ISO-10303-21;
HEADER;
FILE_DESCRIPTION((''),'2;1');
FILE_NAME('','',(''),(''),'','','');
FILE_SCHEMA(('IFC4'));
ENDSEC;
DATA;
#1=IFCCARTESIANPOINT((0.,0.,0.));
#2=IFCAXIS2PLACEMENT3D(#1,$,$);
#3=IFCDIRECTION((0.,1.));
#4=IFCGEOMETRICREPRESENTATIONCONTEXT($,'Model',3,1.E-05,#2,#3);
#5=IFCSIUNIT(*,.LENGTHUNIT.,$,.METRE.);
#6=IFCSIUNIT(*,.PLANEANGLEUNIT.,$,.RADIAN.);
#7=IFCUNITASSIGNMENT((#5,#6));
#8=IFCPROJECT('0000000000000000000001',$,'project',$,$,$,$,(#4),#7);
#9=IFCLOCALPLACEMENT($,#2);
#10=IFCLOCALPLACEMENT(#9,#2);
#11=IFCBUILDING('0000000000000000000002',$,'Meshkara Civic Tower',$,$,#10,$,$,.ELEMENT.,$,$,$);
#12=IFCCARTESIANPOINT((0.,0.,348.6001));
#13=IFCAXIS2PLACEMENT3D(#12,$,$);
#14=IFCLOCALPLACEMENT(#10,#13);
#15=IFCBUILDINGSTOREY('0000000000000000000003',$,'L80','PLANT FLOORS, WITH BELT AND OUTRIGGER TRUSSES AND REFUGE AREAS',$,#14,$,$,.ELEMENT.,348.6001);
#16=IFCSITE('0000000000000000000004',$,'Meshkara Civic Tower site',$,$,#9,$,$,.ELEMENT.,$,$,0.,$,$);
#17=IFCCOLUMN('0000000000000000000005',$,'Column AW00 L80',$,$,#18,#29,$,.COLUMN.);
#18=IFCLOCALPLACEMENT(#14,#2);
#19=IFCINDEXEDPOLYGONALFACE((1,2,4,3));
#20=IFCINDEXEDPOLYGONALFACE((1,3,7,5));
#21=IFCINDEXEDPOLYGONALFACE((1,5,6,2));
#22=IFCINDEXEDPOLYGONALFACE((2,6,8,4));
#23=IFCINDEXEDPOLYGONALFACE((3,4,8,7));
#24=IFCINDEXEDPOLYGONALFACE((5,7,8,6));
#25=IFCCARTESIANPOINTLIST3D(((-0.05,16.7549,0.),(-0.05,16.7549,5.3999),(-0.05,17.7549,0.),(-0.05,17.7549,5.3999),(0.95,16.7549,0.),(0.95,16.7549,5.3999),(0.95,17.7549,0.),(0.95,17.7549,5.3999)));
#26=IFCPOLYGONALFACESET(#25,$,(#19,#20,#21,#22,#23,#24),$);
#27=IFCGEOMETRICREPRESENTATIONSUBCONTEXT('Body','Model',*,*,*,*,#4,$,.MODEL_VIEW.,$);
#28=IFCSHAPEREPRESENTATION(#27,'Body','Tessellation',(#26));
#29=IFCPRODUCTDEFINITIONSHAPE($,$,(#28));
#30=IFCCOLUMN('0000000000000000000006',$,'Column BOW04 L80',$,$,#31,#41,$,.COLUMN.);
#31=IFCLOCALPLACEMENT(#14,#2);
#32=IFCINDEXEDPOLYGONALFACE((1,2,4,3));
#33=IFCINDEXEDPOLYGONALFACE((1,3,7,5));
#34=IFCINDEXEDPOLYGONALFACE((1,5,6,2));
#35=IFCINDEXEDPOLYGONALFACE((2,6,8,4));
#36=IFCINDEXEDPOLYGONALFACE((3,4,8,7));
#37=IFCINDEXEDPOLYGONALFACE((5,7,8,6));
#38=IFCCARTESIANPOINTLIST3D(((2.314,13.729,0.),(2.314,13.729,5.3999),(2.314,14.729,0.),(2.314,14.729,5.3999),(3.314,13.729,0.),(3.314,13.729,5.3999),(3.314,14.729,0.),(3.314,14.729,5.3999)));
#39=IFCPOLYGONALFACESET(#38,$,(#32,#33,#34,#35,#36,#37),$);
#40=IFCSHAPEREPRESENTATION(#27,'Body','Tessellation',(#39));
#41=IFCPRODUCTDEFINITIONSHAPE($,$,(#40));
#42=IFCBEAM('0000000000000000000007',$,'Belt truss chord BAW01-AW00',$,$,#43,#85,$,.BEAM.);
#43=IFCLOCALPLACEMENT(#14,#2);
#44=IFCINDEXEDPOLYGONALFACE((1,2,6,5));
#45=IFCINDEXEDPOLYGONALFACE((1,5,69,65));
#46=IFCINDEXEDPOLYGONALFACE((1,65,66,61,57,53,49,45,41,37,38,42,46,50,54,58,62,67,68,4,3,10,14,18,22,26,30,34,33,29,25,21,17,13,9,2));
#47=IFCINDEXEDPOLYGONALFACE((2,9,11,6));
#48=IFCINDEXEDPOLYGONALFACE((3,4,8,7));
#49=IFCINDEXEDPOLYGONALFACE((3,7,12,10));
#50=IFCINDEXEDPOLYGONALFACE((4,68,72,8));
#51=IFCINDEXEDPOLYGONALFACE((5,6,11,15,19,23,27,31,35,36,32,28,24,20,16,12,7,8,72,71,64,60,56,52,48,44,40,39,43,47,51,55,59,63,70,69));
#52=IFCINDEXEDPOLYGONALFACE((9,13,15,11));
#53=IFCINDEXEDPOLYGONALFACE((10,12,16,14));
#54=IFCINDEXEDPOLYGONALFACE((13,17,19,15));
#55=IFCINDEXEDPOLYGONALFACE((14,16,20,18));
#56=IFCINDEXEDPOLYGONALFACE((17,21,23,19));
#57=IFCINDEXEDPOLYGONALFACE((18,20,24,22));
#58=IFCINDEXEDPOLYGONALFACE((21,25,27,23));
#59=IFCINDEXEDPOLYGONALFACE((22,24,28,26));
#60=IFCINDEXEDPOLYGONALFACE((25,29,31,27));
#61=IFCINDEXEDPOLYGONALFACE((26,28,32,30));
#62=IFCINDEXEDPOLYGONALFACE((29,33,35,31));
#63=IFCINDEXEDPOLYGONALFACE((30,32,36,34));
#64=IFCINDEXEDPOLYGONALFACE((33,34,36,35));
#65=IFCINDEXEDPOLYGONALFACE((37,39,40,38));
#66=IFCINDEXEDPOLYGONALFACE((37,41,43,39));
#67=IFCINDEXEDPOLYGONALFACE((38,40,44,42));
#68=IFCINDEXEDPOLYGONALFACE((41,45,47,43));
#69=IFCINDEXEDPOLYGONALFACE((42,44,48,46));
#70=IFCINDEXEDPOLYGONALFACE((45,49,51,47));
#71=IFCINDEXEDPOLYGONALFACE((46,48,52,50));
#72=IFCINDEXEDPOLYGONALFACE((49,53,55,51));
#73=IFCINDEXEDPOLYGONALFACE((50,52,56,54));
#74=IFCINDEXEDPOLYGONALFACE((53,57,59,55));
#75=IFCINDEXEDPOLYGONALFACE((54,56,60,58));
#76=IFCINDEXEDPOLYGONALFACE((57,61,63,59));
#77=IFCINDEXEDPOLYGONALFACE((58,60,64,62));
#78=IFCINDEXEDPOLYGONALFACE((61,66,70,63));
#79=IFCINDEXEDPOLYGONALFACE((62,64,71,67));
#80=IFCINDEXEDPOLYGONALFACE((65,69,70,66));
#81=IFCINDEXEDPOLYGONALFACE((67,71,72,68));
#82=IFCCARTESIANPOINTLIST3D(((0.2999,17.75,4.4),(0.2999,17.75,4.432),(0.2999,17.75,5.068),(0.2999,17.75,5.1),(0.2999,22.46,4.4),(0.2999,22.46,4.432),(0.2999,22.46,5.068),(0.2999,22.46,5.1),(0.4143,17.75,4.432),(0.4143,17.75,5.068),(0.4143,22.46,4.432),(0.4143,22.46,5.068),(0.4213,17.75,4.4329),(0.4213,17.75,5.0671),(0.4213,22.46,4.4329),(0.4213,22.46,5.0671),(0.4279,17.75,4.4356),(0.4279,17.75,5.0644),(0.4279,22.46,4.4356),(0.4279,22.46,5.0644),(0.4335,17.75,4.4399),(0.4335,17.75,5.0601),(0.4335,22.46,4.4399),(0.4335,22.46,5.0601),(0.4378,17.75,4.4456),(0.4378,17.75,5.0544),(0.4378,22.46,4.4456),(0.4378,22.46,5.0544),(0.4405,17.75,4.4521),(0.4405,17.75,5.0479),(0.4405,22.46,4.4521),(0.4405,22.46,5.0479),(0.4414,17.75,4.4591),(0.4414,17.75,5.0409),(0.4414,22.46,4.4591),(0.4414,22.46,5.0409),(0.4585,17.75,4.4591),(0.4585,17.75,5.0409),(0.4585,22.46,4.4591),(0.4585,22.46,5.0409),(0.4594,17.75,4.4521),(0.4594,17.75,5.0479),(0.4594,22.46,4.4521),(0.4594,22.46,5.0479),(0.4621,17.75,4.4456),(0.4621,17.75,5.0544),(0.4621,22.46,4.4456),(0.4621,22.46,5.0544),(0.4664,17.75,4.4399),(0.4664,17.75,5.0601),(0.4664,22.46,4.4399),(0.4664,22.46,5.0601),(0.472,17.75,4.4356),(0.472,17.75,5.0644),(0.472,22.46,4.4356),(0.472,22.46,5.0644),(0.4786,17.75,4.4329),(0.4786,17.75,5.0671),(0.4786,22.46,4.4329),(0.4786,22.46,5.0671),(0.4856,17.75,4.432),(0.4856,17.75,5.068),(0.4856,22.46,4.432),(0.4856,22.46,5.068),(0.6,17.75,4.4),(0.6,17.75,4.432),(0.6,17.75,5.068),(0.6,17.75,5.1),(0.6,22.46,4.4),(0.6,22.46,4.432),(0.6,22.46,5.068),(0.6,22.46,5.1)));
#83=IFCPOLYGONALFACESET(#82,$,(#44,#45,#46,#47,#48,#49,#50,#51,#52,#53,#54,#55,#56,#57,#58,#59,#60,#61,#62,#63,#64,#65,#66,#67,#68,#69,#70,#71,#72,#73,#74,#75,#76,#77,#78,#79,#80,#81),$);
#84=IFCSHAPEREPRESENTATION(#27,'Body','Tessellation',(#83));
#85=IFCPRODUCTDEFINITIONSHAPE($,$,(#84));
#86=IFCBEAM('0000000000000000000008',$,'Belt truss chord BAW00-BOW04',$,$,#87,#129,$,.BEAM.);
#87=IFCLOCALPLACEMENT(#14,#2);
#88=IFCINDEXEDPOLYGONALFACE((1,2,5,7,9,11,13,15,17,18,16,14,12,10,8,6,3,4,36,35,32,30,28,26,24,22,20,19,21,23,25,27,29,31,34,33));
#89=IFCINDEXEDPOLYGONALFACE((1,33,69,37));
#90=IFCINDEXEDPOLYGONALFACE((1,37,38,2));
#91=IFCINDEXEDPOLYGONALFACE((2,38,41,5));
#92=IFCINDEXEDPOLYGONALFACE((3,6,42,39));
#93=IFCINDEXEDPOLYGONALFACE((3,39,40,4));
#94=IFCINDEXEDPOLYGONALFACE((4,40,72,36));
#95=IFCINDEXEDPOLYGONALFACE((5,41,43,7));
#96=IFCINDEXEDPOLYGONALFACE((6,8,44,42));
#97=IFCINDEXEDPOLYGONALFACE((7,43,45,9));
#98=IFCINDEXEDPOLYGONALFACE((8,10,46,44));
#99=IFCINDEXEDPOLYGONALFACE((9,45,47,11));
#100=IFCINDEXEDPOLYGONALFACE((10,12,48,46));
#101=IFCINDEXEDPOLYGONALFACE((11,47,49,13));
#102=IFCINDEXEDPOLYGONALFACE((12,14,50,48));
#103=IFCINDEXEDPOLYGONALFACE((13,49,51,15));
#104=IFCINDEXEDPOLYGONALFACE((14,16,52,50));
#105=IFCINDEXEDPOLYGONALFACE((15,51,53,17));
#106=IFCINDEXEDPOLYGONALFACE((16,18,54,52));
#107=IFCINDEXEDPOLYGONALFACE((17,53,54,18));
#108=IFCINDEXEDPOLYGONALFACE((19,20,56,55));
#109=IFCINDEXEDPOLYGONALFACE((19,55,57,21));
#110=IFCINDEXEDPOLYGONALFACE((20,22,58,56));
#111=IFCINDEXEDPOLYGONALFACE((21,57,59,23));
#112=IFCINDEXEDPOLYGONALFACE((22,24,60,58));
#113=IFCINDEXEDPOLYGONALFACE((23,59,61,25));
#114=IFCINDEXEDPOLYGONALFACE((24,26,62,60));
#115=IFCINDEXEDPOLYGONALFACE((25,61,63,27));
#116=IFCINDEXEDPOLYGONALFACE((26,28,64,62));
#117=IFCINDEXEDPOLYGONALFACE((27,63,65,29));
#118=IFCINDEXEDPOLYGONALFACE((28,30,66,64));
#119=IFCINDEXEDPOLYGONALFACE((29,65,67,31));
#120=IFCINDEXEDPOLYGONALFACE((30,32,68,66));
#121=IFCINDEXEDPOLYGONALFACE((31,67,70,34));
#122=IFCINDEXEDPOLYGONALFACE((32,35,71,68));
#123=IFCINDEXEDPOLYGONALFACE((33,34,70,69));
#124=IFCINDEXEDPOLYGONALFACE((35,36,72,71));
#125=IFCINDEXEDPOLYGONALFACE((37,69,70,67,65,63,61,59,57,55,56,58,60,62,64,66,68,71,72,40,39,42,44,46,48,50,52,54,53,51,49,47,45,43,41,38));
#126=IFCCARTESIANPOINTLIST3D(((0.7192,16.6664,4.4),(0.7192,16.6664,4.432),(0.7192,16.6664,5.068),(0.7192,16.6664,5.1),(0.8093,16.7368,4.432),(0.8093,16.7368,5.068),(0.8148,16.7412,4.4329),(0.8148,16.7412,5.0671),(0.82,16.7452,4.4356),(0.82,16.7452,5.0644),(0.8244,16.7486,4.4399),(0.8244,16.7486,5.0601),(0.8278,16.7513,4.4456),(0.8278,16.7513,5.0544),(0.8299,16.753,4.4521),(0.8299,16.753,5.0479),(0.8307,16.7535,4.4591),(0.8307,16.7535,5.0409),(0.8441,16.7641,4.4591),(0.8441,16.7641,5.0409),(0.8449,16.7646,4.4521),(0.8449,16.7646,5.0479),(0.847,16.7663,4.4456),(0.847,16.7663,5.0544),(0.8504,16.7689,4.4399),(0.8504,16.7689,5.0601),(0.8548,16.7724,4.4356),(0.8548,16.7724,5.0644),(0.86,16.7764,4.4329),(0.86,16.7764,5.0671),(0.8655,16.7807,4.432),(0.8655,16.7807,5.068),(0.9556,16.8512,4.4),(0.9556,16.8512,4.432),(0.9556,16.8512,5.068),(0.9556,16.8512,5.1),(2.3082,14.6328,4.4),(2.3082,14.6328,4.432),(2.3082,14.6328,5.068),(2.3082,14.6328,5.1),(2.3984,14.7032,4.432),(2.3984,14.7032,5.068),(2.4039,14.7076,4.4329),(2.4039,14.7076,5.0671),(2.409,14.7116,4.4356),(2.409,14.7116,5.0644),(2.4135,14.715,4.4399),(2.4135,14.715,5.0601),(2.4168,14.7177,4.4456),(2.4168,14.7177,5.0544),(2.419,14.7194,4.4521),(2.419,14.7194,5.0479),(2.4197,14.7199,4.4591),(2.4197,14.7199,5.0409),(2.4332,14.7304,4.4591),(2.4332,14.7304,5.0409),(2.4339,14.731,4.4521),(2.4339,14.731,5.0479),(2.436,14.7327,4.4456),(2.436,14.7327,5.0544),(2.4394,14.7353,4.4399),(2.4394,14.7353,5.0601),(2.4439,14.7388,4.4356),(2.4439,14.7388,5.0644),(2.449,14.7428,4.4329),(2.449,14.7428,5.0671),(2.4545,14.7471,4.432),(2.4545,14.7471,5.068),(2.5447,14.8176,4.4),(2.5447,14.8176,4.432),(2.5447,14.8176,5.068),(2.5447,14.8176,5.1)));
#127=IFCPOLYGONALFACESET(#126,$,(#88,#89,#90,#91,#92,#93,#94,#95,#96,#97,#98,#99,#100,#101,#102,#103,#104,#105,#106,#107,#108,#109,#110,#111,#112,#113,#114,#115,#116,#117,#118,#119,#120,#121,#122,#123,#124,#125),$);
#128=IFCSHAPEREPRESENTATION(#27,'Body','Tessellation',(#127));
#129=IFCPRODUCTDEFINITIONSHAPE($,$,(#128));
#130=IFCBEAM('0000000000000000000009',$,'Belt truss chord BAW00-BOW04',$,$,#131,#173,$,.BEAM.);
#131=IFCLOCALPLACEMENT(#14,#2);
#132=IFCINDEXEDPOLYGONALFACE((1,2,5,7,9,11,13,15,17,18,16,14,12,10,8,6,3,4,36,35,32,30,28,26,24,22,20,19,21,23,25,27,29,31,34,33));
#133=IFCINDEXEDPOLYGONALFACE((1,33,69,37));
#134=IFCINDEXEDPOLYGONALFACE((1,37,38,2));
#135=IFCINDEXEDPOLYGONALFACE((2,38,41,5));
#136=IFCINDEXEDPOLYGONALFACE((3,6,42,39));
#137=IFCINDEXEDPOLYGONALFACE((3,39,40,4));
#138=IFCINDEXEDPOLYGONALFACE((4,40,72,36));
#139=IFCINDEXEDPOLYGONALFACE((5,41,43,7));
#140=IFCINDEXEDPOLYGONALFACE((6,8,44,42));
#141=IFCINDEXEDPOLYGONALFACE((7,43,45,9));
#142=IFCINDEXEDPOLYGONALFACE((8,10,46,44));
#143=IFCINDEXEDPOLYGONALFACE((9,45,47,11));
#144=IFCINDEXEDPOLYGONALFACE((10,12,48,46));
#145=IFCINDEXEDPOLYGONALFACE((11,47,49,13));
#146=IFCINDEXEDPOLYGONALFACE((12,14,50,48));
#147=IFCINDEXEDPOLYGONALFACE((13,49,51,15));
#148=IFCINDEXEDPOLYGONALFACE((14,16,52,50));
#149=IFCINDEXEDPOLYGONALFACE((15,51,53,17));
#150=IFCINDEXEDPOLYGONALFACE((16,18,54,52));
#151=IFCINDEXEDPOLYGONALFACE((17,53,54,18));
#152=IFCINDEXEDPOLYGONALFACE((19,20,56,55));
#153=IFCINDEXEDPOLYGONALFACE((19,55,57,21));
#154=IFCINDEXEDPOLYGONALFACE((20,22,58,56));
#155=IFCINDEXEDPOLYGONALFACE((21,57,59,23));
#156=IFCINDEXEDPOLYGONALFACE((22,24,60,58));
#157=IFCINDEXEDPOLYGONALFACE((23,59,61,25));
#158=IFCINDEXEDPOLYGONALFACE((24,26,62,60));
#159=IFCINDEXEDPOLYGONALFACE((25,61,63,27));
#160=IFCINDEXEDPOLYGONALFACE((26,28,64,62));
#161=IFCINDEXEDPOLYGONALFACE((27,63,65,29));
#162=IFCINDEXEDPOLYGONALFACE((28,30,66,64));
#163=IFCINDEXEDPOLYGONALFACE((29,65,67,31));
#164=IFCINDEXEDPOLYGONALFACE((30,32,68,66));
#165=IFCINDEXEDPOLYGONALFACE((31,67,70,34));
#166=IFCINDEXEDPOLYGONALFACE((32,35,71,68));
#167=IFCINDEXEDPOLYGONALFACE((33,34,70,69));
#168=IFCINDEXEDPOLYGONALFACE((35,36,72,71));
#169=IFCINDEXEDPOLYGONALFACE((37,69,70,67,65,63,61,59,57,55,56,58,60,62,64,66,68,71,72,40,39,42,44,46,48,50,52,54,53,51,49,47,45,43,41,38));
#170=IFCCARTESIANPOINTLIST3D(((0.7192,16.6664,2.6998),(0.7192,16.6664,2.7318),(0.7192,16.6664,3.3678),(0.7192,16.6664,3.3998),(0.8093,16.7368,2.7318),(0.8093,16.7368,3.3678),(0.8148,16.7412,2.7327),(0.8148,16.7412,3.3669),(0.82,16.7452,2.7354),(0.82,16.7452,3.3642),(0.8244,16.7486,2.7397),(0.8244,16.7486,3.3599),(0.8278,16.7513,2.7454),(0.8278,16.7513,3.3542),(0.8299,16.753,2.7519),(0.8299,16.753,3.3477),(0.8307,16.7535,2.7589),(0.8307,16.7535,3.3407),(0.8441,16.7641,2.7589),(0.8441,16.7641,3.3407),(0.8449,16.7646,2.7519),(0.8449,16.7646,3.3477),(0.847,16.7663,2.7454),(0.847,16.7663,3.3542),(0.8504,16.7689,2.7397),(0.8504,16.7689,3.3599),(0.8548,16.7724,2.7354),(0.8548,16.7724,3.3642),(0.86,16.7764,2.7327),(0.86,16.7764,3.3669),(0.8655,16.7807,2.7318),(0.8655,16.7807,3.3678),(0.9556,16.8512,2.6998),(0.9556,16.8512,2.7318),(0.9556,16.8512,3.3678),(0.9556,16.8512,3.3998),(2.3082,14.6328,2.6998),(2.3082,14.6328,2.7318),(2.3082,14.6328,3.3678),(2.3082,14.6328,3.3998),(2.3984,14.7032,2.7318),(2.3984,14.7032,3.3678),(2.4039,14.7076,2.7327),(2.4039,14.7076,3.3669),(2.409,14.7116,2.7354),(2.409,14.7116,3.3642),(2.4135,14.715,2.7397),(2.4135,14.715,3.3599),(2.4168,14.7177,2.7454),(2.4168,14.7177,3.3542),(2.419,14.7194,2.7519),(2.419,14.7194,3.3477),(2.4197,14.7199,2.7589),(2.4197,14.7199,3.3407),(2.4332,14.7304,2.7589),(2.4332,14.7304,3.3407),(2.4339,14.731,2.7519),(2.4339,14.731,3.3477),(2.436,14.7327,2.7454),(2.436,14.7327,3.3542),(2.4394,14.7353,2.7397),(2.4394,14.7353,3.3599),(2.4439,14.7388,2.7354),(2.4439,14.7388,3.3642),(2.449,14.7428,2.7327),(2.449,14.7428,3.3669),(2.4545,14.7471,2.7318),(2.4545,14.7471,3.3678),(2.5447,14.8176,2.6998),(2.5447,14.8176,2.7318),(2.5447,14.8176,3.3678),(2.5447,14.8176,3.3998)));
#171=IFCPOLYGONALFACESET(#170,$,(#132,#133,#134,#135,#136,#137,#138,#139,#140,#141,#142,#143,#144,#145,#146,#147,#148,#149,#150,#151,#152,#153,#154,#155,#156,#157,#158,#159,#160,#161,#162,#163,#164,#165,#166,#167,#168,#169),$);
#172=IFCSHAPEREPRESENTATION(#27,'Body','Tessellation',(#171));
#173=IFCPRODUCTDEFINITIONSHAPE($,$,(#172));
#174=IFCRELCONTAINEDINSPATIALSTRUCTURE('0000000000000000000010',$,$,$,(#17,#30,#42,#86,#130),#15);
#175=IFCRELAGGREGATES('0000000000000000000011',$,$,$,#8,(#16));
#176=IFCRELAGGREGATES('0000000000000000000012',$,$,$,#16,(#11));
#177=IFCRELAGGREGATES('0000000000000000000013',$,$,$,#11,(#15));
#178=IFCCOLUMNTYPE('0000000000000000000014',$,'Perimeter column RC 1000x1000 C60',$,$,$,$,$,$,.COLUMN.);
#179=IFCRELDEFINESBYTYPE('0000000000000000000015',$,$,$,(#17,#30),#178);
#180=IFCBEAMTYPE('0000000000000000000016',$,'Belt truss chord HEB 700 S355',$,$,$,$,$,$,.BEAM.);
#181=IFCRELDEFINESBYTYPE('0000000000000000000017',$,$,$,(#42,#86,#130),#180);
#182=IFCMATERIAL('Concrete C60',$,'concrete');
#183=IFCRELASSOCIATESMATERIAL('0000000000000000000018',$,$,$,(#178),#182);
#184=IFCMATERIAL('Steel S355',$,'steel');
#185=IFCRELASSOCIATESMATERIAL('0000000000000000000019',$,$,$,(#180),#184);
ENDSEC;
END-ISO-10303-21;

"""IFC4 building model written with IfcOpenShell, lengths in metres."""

from ifc_helpers import new_model, si_unit, direction, frame, origin, origin_2d, place, context, subcontext, project, spatial, rectangle, i_section, extrude, material, material_profile, profile_set, type_object, element, save


model = new_model("IFC4")

# Units and contexts
model_context = context("Model", 3, precision=1e-05, world=origin(), true_north=direction((0.0, 1.0)))
body_context = subcontext(model_context, "Body", "Model", "MODEL_VIEW")
ifc_project = project(units=[si_unit("LENGTHUNIT", "METRE"), si_unit("PLANEANGLEUNIT", "RADIAN")], contexts=[model_context])

# Site, building, storey
site_placement = place(None, origin())
site = spatial("IfcSite", under=ifc_project, at=site_placement, Name="Meshkara Civic Tower site", CompositionType="ELEMENT", RefElevation=0.0)
building_placement = place(site_placement, origin())
building = spatial("IfcBuilding", under=site, at=building_placement, Name="Meshkara Civic Tower", CompositionType="ELEMENT")
storey_placement = place(building_placement, frame((0.0, 0.0, 348.6001)))
storey = spatial("IfcBuildingStorey", under=building, at=storey_placement, Name="L80", Description="PLANT FLOORS, WITH BELT AND OUTRIGGER TRUSSES AND REFUGE AREAS", CompositionType="ELEMENT", Elevation=348.6001)

# Columns
ifc_material_1 = material(Name="Concrete C60", Category="concrete")
ifc_material_profile_1 = material_profile(ifc_material_1, rectangle(XDim=1.0, YDim=1.0, at=origin_2d()))
ifc_profile_set_1 = profile_set([ifc_material_profile_1], Name="Concrete C60")
column_type = type_object("IfcColumnType", Name="Perimeter column RC 1000x1000 C60", PredefinedType="COLUMN", material=ifc_profile_set_1)
for number, where, z_axis, x_axis, name in (
    (1, (0.45, 17.2549, 0.0), (0.0, 0.0, 1.0), (1.0, 0.0, 0.0), "Column AW00 L80"),
    (2, (2.814, 14.229, 0.0), (0.0, 0.0, 1.0), (1.0, 0.0, 0.0), "Column BOW04 L80"),
):
    element("IfcColumn", number, at=place(storey_placement, frame(where, z_axis=z_axis, x_axis=x_axis)), inside=storey, type_object=column_type, Name=name, PredefinedType="COLUMN", context=body_context, shape_type="SweptSolid", body=[
        extrude(rectangle(XDim=1.0, YDim=1.0, at=origin_2d()), origin(), (0.0, 0.0, 1.0), 5.3999),
    ])

# Beams
ifc_material_2 = material(Name="Steel S355", Category="steel")
ifc_material_profile_2 = material_profile(ifc_material_2, i_section(OverallWidth=0.3, OverallDepth=0.7, WebThickness=0.0171, FlangeThickness=0.032, FilletRadius=0.0271, at=origin_2d()))
ifc_profile_set_2 = profile_set([ifc_material_profile_2], Name="Steel S355")
beam_type = type_object("IfcBeamType", Name="Belt truss chord HEB 700 S355", PredefinedType="BEAM", material=ifc_profile_set_2)
beam_placement = place(storey_placement, frame((0.45, 22.46, 4.75), z_axis=(0.0, -1.0, 0.0), x_axis=(1.0, 0.0, 0.0)))
element("IfcBeam", 3, at=beam_placement, inside=storey, type_object=beam_type, Name="Belt truss chord BAW01-AW00", PredefinedType="BEAM", context=body_context, shape_type="SweptSolid", body=[
    extrude(i_section(OverallWidth=0.3, OverallDepth=0.7, WebThickness=0.0171, FlangeThickness=0.032, FilletRadius=0.0271, at=origin_2d()), origin(), (0.0, 0.0, 1.0), 4.71),
])
for number, where, z_axis, x_axis, name in (
    (4, (0.8374, 16.7588, 4.75), (0.615714, -0.78797, 0.0), (0.78797, 0.615714, 0.0), "Belt truss chord BAW00-BOW04"),
    (5, (0.8374, 16.7588, 3.0498), (0.615714, -0.78797, 0.0), (0.78797, 0.615714, 0.0), "Belt truss chord BAW00-BOW04"),
):
    element("IfcBeam", number, at=place(storey_placement, frame(where, z_axis=z_axis, x_axis=x_axis)), inside=storey, type_object=beam_type, Name=name, PredefinedType="BEAM", context=body_context, shape_type="SweptSolid", body=[
        extrude(i_section(OverallWidth=0.3, OverallDepth=0.7, WebThickness=0.0171, FlangeThickness=0.032, FilletRadius=0.0271, at=origin_2d()), origin(), (0.0, 0.0, 1.0), 2.5808),
    ])

save(model, "model.ifc")
